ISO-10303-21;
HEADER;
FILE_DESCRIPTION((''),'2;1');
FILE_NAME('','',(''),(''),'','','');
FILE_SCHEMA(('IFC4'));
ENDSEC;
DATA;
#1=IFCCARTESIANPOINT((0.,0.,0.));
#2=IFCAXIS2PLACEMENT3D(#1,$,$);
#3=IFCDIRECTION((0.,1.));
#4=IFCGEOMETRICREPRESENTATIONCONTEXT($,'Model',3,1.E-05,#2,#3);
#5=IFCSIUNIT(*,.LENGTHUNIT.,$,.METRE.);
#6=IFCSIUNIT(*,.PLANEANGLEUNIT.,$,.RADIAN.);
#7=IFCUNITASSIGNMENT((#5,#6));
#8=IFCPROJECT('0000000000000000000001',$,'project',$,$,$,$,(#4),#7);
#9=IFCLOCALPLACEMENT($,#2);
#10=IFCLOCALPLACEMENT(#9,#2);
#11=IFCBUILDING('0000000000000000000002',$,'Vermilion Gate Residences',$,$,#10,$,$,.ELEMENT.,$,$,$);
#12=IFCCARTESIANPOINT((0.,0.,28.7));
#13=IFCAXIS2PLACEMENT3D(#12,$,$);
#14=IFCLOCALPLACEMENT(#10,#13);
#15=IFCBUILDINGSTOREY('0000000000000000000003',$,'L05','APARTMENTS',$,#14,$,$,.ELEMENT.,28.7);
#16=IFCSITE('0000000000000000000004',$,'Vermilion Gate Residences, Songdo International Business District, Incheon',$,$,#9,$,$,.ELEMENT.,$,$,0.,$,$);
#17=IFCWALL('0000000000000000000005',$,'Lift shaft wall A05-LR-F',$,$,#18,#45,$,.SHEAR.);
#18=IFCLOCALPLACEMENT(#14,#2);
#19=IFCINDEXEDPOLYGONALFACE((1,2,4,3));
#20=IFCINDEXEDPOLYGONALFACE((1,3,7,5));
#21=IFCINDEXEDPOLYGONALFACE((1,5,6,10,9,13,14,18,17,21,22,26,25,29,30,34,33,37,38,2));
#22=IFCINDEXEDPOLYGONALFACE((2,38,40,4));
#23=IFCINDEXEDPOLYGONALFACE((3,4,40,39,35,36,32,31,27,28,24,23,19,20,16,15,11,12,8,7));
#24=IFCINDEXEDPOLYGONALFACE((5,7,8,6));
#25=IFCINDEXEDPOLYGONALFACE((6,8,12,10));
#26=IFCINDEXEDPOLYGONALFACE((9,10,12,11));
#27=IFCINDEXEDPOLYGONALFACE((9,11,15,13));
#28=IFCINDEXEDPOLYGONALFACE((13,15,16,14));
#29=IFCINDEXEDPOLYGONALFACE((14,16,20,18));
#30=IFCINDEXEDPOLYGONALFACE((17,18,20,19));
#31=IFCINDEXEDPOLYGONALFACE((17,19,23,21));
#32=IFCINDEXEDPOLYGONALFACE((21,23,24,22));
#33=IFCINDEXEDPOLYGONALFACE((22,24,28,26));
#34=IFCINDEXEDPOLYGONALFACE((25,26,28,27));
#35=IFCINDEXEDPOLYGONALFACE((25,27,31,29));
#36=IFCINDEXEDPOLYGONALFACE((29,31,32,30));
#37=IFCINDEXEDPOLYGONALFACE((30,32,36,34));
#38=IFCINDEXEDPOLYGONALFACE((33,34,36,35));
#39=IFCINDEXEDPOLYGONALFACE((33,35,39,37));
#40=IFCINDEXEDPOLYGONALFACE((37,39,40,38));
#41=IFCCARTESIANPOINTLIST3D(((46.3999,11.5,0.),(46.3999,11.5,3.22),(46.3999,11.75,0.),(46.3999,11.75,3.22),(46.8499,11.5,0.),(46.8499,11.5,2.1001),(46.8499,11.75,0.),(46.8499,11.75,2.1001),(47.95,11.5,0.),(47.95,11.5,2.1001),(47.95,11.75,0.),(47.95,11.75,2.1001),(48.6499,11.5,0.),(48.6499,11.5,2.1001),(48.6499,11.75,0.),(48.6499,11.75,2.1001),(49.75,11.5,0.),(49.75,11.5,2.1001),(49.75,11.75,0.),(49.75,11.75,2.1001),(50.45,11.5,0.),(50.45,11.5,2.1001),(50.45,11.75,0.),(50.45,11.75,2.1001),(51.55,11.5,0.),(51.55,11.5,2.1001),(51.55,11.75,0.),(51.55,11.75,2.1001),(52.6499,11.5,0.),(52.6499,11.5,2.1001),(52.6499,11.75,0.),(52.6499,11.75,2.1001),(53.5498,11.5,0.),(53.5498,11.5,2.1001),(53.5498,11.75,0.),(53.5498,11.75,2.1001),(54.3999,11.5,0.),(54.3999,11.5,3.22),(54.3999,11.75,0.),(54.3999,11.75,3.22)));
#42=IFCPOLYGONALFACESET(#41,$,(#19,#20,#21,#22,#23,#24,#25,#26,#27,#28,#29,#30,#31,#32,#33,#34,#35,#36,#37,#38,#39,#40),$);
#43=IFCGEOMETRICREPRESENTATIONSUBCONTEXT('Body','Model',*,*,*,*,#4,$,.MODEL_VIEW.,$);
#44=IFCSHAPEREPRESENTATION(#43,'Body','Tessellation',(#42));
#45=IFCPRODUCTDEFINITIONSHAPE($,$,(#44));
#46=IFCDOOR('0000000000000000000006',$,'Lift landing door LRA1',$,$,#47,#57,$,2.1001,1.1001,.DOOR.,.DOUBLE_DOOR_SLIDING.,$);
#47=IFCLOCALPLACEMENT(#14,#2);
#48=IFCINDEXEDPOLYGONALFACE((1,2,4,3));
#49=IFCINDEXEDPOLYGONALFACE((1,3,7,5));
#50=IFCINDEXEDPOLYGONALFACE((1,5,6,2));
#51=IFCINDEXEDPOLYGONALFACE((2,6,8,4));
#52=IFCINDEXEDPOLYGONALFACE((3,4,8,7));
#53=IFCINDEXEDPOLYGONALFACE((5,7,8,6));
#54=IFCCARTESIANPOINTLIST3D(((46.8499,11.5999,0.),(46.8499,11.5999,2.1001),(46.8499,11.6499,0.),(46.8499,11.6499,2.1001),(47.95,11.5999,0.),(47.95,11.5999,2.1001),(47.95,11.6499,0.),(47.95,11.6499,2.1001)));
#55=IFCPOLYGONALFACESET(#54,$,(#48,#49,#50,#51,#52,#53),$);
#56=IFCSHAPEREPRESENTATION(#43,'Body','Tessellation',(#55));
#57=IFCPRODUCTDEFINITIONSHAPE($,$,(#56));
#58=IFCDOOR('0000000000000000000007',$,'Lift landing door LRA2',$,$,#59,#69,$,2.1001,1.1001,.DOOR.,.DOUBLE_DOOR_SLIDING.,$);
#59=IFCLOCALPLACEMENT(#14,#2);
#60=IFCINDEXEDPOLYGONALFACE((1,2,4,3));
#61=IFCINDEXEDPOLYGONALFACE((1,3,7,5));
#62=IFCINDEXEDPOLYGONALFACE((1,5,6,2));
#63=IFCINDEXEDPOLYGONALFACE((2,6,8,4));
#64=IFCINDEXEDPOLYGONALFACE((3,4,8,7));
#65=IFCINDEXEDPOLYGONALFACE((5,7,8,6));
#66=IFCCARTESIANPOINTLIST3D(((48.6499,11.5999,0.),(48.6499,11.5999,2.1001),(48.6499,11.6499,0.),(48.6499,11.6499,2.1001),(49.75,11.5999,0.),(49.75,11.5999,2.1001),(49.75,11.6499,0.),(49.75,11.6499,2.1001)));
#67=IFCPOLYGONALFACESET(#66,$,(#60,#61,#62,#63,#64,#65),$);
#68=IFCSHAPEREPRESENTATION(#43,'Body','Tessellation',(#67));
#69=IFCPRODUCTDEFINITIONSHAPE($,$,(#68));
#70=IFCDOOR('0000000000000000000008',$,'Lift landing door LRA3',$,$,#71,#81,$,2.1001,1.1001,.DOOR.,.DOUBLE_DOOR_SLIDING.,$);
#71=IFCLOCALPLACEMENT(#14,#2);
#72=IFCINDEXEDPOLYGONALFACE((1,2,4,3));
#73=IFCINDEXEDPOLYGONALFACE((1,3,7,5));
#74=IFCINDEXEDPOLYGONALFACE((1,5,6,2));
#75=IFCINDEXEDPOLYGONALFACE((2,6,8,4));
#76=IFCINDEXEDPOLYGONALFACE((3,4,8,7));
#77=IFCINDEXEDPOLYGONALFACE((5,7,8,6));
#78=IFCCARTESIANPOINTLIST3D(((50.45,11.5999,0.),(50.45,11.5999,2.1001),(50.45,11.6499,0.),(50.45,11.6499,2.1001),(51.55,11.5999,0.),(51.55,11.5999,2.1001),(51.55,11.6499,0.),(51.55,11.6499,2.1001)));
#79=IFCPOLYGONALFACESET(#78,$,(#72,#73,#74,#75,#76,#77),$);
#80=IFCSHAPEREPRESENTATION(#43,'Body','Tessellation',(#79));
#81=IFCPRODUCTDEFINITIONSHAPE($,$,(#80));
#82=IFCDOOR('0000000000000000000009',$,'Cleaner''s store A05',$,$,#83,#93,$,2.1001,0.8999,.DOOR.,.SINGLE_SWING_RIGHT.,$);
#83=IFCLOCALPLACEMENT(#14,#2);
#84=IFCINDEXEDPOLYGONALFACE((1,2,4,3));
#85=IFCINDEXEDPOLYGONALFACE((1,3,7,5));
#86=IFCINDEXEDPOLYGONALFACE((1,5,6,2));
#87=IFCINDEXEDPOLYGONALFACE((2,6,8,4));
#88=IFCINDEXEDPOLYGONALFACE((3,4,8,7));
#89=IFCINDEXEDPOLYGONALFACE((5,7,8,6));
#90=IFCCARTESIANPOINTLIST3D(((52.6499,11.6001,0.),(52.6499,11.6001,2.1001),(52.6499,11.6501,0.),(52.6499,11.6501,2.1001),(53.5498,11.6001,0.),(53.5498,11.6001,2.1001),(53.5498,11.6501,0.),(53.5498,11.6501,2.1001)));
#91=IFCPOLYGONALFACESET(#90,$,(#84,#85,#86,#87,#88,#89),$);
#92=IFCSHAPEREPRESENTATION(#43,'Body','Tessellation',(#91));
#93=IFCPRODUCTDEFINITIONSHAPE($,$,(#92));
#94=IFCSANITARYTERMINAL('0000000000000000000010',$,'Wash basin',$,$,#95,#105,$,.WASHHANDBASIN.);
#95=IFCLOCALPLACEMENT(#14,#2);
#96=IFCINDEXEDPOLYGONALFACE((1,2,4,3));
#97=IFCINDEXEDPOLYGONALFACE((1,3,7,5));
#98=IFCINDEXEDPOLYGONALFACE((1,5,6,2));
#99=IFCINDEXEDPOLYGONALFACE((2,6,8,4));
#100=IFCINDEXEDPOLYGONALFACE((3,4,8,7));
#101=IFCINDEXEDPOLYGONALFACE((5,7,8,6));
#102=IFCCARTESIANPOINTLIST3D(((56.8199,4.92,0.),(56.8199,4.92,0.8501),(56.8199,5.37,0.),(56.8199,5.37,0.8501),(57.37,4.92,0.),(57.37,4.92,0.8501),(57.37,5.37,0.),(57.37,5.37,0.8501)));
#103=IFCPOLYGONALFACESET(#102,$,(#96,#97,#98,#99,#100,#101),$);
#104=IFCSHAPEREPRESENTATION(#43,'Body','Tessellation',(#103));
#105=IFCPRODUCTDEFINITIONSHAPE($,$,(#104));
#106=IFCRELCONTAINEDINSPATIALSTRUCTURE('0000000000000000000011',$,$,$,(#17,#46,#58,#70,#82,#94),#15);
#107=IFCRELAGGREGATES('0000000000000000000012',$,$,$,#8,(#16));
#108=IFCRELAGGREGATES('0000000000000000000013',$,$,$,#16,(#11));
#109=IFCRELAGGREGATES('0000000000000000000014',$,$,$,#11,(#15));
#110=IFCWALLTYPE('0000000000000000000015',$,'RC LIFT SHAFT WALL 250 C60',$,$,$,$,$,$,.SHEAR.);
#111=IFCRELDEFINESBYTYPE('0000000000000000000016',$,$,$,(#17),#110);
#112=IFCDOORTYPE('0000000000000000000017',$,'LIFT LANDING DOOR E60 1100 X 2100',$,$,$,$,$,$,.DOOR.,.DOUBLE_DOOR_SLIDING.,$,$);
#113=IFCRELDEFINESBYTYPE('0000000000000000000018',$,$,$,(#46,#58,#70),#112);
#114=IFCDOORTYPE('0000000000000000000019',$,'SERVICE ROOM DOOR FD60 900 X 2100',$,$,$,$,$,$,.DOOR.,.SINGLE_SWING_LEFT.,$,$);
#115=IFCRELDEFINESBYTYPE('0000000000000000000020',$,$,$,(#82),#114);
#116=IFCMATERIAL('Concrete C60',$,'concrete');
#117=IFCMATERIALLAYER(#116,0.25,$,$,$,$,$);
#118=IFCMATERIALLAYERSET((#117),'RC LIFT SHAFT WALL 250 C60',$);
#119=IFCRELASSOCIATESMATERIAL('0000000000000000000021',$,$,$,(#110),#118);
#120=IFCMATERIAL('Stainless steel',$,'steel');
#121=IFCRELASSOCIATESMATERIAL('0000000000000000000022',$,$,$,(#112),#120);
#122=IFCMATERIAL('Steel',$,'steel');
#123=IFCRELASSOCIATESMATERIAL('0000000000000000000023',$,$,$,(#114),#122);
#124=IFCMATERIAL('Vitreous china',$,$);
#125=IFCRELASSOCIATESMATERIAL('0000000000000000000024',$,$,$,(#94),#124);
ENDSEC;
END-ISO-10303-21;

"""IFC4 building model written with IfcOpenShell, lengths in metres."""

from ifc_helpers import new_model, si_unit, direction, frame, frame_2d, origin, origin_2d, place, context, subcontext, project, spatial, rectangle, extrude, material, layer, layer_set, type_object, element, fill, save


model = new_model("IFC4")

# Units and contexts
model_context = context("Model", 3, precision=1e-05, world=origin(), true_north=direction((0.0, 1.0)))
body_context = subcontext(model_context, "Body", "Model", "MODEL_VIEW")
ifc_project = project(units=[si_unit("LENGTHUNIT", "METRE"), si_unit("PLANEANGLEUNIT", "RADIAN")], contexts=[model_context])

# Site, building, storey
site_placement = place(None, origin())
site = spatial("IfcSite", under=ifc_project, at=site_placement, Name="Vermilion Gate Residences, Songdo International Business District, Incheon", CompositionType="ELEMENT", RefElevation=0.0)
building_placement = place(site_placement, origin())
building = spatial("IfcBuilding", under=site, at=building_placement, Name="Vermilion Gate Residences", CompositionType="ELEMENT")
storey_placement = place(building_placement, frame((0.0, 0.0, 28.7)))
storey = spatial("IfcBuildingStorey", under=building, at=storey_placement, Name="L05", Description="APARTMENTS", CompositionType="ELEMENT", Elevation=28.7)

# Wall, openings, doors
ifc_material_1 = material(Name="Concrete C60", Category="concrete")
ifc_layer_1 = layer(ifc_material_1, 0.25)
ifc_layer_set_1 = layer_set([ifc_layer_1], Name="RC LIFT SHAFT WALL 250 C60")
wall_type_1 = type_object("IfcWallType", Name="RC LIFT SHAFT WALL 250 C60", PredefinedType="SHEAR", material=ifc_layer_set_1)
wall_1_placement = place(storey_placement, frame((46.3999, 11.625, 0.0), z_axis=(0.0, 0.0, 1.0), x_axis=(1.0, 0.0, 0.0)))
wall_1 = element("IfcWall", 1, at=wall_1_placement, inside=storey, type_object=wall_type_1, Name="Lift shaft wall A05-LR-F", PredefinedType="SHEAR", context=body_context, shape_type="SweptSolid", body=[
    extrude(rectangle(XDim=8.0, YDim=0.25, at=frame_2d((4.0, 0.0))), origin(), (0.0, 0.0, 1.0), 3.22),
])
opening_1_placement = place(wall_1_placement, frame((0.45, 0.0, 0.0)))
opening_1 = element("IfcOpeningElement", 2, at=opening_1_placement, cuts=wall_1, PredefinedType="OPENING", context=body_context, shape_type="SweptSolid", body=[
    extrude(rectangle(XDim=1.1001, YDim=2.1001, at=frame_2d((0.55, 1.05))), frame((0.0, 0.135, 0.0), z_axis=(0.0, -1.0, 0.0), x_axis=(1.0, 0.0, 0.0)), (0.0, 0.0, 1.0), 0.27),
])
opening_2_placement = place(wall_1_placement, frame((2.25, 0.0, 0.0)))
opening_2 = element("IfcOpeningElement", 3, at=opening_2_placement, cuts=wall_1, PredefinedType="OPENING", context=body_context, shape_type="SweptSolid", body=[
    extrude(rectangle(XDim=1.1001, YDim=2.1001, at=frame_2d((0.55, 1.05))), frame((0.0, 0.135, 0.0), z_axis=(0.0, -1.0, 0.0), x_axis=(1.0, 0.0, 0.0)), (0.0, 0.0, 1.0), 0.27),
])
opening_3_placement = place(wall_1_placement, frame((4.05, 0.0, 0.0)))
opening_3 = element("IfcOpeningElement", 4, at=opening_3_placement, cuts=wall_1, PredefinedType="OPENING", context=body_context, shape_type="SweptSolid", body=[
    extrude(rectangle(XDim=1.1001, YDim=2.1001, at=frame_2d((0.55, 1.05))), frame((0.0, 0.135, 0.0), z_axis=(0.0, -1.0, 0.0), x_axis=(1.0, 0.0, 0.0)), (0.0, 0.0, 1.0), 0.27),
])
opening_4_placement = place(wall_1_placement, frame((6.25, 0.0, 0.0)))
opening_4 = element("IfcOpeningElement", 5, at=opening_4_placement, cuts=wall_1, PredefinedType="OPENING", context=body_context, shape_type="SweptSolid", body=[
    extrude(rectangle(XDim=0.8999, YDim=2.1001, at=frame_2d((0.45, 1.05))), frame((0.0, 0.135, 0.0), z_axis=(0.0, -1.0, 0.0), x_axis=(1.0, 0.0, 0.0)), (0.0, 0.0, 1.0), 0.27),
])
ifc_material_2 = material(Name="Stainless steel", Category="steel")
door_type_1 = type_object("IfcDoorType", Name="LIFT LANDING DOOR E60 1100 X 2100", OperationType="DOUBLE_DOOR_SLIDING", PredefinedType="DOOR", material=ifc_material_2)
door_1_placement = place(opening_1_placement, origin())
door_1 = element("IfcDoor", 6, at=door_1_placement, inside=storey, type_object=door_type_1, Name="Lift landing door LRA1", OperationType="DOUBLE_DOOR_SLIDING", OverallHeight=2.1001, OverallWidth=1.1001, PredefinedType="DOOR", context=body_context, shape_type="SweptSolid", body=[
    extrude(rectangle(XDim=1.1001, YDim=2.1001, at=frame_2d((0.55, 1.05))), frame((0.0, 0.0249, 0.0), z_axis=(0.0, -1.0, 0.0), x_axis=(1.0, 0.0, 0.0)), (0.0, 0.0, 1.0), 0.05),
])
fill(opening_1, door_1)
door_2_placement = place(opening_2_placement, origin())
door_2 = element("IfcDoor", 7, at=door_2_placement, inside=storey, type_object=door_type_1, Name="Lift landing door LRA2", OperationType="DOUBLE_DOOR_SLIDING", OverallHeight=2.1001, OverallWidth=1.1001, PredefinedType="DOOR", context=body_context, shape_type="SweptSolid", body=[
    extrude(rectangle(XDim=1.1001, YDim=2.1001, at=frame_2d((0.55, 1.05))), frame((0.0, 0.0249, 0.0), z_axis=(0.0, -1.0, 0.0), x_axis=(1.0, 0.0, 0.0)), (0.0, 0.0, 1.0), 0.05),
])
fill(opening_2, door_2)
door_3_placement = place(opening_3_placement, origin())
door_3 = element("IfcDoor", 8, at=door_3_placement, inside=storey, type_object=door_type_1, Name="Lift landing door LRA3", OperationType="DOUBLE_DOOR_SLIDING", OverallHeight=2.1001, OverallWidth=1.1001, PredefinedType="DOOR", context=body_context, shape_type="SweptSolid", body=[
    extrude(rectangle(XDim=1.1001, YDim=2.1001, at=frame_2d((0.55, 1.05))), frame((0.0, 0.0249, 0.0), z_axis=(0.0, -1.0, 0.0), x_axis=(1.0, 0.0, 0.0)), (0.0, 0.0, 1.0), 0.05),
])
fill(opening_3, door_3)
ifc_material_3 = material(Name="Steel", Category="steel")
door_type_2 = type_object("IfcDoorType", Name="SERVICE ROOM DOOR FD60 900 X 2100", OperationType="SINGLE_SWING_LEFT", PredefinedType="DOOR", material=ifc_material_3)
door_4_placement = place(opening_4_placement, frame((0.8999, 0.0, 0.0), z_axis=(0.0, 0.0, 1.0), x_axis=(-1.0, 0.0, 0.0)))
door_4 = element("IfcDoor", 9, at=door_4_placement, inside=storey, type_object=door_type_2, Name="Cleaner's store A05", OperationType="SINGLE_SWING_RIGHT", OverallHeight=2.1001, OverallWidth=0.8999, PredefinedType="DOOR", context=body_context, shape_type="SweptSolid", body=[
    extrude(rectangle(XDim=0.8999, YDim=2.1001, at=frame_2d((0.45, 1.05))), frame((0.0, 0.0249, 0.0), z_axis=(0.0, -1.0, 0.0), x_axis=(1.0, 0.0, 0.0)), (0.0, 0.0, 1.0), 0.05),
])
fill(opening_4, door_4)

# Sanitary terminal
ifc_material_4 = material(Name="Vitreous china")
sanitary_terminal_placement = place(storey_placement, frame((57.095, 5.145, 0.0), z_axis=(0.0, 0.0, 1.0), x_axis=(1.0, 0.0, 0.0)))
element("IfcSanitaryTerminal", 10, at=sanitary_terminal_placement, inside=storey, material=ifc_material_4, Name="Wash basin", PredefinedType="WASHHANDBASIN", context=body_context, shape_type="SweptSolid", body=[
    extrude(rectangle(XDim=0.55, YDim=0.45, at=origin_2d()), origin(), (0.0, 0.0, 1.0), 0.8501),
])

save(model, "model.ifc")
